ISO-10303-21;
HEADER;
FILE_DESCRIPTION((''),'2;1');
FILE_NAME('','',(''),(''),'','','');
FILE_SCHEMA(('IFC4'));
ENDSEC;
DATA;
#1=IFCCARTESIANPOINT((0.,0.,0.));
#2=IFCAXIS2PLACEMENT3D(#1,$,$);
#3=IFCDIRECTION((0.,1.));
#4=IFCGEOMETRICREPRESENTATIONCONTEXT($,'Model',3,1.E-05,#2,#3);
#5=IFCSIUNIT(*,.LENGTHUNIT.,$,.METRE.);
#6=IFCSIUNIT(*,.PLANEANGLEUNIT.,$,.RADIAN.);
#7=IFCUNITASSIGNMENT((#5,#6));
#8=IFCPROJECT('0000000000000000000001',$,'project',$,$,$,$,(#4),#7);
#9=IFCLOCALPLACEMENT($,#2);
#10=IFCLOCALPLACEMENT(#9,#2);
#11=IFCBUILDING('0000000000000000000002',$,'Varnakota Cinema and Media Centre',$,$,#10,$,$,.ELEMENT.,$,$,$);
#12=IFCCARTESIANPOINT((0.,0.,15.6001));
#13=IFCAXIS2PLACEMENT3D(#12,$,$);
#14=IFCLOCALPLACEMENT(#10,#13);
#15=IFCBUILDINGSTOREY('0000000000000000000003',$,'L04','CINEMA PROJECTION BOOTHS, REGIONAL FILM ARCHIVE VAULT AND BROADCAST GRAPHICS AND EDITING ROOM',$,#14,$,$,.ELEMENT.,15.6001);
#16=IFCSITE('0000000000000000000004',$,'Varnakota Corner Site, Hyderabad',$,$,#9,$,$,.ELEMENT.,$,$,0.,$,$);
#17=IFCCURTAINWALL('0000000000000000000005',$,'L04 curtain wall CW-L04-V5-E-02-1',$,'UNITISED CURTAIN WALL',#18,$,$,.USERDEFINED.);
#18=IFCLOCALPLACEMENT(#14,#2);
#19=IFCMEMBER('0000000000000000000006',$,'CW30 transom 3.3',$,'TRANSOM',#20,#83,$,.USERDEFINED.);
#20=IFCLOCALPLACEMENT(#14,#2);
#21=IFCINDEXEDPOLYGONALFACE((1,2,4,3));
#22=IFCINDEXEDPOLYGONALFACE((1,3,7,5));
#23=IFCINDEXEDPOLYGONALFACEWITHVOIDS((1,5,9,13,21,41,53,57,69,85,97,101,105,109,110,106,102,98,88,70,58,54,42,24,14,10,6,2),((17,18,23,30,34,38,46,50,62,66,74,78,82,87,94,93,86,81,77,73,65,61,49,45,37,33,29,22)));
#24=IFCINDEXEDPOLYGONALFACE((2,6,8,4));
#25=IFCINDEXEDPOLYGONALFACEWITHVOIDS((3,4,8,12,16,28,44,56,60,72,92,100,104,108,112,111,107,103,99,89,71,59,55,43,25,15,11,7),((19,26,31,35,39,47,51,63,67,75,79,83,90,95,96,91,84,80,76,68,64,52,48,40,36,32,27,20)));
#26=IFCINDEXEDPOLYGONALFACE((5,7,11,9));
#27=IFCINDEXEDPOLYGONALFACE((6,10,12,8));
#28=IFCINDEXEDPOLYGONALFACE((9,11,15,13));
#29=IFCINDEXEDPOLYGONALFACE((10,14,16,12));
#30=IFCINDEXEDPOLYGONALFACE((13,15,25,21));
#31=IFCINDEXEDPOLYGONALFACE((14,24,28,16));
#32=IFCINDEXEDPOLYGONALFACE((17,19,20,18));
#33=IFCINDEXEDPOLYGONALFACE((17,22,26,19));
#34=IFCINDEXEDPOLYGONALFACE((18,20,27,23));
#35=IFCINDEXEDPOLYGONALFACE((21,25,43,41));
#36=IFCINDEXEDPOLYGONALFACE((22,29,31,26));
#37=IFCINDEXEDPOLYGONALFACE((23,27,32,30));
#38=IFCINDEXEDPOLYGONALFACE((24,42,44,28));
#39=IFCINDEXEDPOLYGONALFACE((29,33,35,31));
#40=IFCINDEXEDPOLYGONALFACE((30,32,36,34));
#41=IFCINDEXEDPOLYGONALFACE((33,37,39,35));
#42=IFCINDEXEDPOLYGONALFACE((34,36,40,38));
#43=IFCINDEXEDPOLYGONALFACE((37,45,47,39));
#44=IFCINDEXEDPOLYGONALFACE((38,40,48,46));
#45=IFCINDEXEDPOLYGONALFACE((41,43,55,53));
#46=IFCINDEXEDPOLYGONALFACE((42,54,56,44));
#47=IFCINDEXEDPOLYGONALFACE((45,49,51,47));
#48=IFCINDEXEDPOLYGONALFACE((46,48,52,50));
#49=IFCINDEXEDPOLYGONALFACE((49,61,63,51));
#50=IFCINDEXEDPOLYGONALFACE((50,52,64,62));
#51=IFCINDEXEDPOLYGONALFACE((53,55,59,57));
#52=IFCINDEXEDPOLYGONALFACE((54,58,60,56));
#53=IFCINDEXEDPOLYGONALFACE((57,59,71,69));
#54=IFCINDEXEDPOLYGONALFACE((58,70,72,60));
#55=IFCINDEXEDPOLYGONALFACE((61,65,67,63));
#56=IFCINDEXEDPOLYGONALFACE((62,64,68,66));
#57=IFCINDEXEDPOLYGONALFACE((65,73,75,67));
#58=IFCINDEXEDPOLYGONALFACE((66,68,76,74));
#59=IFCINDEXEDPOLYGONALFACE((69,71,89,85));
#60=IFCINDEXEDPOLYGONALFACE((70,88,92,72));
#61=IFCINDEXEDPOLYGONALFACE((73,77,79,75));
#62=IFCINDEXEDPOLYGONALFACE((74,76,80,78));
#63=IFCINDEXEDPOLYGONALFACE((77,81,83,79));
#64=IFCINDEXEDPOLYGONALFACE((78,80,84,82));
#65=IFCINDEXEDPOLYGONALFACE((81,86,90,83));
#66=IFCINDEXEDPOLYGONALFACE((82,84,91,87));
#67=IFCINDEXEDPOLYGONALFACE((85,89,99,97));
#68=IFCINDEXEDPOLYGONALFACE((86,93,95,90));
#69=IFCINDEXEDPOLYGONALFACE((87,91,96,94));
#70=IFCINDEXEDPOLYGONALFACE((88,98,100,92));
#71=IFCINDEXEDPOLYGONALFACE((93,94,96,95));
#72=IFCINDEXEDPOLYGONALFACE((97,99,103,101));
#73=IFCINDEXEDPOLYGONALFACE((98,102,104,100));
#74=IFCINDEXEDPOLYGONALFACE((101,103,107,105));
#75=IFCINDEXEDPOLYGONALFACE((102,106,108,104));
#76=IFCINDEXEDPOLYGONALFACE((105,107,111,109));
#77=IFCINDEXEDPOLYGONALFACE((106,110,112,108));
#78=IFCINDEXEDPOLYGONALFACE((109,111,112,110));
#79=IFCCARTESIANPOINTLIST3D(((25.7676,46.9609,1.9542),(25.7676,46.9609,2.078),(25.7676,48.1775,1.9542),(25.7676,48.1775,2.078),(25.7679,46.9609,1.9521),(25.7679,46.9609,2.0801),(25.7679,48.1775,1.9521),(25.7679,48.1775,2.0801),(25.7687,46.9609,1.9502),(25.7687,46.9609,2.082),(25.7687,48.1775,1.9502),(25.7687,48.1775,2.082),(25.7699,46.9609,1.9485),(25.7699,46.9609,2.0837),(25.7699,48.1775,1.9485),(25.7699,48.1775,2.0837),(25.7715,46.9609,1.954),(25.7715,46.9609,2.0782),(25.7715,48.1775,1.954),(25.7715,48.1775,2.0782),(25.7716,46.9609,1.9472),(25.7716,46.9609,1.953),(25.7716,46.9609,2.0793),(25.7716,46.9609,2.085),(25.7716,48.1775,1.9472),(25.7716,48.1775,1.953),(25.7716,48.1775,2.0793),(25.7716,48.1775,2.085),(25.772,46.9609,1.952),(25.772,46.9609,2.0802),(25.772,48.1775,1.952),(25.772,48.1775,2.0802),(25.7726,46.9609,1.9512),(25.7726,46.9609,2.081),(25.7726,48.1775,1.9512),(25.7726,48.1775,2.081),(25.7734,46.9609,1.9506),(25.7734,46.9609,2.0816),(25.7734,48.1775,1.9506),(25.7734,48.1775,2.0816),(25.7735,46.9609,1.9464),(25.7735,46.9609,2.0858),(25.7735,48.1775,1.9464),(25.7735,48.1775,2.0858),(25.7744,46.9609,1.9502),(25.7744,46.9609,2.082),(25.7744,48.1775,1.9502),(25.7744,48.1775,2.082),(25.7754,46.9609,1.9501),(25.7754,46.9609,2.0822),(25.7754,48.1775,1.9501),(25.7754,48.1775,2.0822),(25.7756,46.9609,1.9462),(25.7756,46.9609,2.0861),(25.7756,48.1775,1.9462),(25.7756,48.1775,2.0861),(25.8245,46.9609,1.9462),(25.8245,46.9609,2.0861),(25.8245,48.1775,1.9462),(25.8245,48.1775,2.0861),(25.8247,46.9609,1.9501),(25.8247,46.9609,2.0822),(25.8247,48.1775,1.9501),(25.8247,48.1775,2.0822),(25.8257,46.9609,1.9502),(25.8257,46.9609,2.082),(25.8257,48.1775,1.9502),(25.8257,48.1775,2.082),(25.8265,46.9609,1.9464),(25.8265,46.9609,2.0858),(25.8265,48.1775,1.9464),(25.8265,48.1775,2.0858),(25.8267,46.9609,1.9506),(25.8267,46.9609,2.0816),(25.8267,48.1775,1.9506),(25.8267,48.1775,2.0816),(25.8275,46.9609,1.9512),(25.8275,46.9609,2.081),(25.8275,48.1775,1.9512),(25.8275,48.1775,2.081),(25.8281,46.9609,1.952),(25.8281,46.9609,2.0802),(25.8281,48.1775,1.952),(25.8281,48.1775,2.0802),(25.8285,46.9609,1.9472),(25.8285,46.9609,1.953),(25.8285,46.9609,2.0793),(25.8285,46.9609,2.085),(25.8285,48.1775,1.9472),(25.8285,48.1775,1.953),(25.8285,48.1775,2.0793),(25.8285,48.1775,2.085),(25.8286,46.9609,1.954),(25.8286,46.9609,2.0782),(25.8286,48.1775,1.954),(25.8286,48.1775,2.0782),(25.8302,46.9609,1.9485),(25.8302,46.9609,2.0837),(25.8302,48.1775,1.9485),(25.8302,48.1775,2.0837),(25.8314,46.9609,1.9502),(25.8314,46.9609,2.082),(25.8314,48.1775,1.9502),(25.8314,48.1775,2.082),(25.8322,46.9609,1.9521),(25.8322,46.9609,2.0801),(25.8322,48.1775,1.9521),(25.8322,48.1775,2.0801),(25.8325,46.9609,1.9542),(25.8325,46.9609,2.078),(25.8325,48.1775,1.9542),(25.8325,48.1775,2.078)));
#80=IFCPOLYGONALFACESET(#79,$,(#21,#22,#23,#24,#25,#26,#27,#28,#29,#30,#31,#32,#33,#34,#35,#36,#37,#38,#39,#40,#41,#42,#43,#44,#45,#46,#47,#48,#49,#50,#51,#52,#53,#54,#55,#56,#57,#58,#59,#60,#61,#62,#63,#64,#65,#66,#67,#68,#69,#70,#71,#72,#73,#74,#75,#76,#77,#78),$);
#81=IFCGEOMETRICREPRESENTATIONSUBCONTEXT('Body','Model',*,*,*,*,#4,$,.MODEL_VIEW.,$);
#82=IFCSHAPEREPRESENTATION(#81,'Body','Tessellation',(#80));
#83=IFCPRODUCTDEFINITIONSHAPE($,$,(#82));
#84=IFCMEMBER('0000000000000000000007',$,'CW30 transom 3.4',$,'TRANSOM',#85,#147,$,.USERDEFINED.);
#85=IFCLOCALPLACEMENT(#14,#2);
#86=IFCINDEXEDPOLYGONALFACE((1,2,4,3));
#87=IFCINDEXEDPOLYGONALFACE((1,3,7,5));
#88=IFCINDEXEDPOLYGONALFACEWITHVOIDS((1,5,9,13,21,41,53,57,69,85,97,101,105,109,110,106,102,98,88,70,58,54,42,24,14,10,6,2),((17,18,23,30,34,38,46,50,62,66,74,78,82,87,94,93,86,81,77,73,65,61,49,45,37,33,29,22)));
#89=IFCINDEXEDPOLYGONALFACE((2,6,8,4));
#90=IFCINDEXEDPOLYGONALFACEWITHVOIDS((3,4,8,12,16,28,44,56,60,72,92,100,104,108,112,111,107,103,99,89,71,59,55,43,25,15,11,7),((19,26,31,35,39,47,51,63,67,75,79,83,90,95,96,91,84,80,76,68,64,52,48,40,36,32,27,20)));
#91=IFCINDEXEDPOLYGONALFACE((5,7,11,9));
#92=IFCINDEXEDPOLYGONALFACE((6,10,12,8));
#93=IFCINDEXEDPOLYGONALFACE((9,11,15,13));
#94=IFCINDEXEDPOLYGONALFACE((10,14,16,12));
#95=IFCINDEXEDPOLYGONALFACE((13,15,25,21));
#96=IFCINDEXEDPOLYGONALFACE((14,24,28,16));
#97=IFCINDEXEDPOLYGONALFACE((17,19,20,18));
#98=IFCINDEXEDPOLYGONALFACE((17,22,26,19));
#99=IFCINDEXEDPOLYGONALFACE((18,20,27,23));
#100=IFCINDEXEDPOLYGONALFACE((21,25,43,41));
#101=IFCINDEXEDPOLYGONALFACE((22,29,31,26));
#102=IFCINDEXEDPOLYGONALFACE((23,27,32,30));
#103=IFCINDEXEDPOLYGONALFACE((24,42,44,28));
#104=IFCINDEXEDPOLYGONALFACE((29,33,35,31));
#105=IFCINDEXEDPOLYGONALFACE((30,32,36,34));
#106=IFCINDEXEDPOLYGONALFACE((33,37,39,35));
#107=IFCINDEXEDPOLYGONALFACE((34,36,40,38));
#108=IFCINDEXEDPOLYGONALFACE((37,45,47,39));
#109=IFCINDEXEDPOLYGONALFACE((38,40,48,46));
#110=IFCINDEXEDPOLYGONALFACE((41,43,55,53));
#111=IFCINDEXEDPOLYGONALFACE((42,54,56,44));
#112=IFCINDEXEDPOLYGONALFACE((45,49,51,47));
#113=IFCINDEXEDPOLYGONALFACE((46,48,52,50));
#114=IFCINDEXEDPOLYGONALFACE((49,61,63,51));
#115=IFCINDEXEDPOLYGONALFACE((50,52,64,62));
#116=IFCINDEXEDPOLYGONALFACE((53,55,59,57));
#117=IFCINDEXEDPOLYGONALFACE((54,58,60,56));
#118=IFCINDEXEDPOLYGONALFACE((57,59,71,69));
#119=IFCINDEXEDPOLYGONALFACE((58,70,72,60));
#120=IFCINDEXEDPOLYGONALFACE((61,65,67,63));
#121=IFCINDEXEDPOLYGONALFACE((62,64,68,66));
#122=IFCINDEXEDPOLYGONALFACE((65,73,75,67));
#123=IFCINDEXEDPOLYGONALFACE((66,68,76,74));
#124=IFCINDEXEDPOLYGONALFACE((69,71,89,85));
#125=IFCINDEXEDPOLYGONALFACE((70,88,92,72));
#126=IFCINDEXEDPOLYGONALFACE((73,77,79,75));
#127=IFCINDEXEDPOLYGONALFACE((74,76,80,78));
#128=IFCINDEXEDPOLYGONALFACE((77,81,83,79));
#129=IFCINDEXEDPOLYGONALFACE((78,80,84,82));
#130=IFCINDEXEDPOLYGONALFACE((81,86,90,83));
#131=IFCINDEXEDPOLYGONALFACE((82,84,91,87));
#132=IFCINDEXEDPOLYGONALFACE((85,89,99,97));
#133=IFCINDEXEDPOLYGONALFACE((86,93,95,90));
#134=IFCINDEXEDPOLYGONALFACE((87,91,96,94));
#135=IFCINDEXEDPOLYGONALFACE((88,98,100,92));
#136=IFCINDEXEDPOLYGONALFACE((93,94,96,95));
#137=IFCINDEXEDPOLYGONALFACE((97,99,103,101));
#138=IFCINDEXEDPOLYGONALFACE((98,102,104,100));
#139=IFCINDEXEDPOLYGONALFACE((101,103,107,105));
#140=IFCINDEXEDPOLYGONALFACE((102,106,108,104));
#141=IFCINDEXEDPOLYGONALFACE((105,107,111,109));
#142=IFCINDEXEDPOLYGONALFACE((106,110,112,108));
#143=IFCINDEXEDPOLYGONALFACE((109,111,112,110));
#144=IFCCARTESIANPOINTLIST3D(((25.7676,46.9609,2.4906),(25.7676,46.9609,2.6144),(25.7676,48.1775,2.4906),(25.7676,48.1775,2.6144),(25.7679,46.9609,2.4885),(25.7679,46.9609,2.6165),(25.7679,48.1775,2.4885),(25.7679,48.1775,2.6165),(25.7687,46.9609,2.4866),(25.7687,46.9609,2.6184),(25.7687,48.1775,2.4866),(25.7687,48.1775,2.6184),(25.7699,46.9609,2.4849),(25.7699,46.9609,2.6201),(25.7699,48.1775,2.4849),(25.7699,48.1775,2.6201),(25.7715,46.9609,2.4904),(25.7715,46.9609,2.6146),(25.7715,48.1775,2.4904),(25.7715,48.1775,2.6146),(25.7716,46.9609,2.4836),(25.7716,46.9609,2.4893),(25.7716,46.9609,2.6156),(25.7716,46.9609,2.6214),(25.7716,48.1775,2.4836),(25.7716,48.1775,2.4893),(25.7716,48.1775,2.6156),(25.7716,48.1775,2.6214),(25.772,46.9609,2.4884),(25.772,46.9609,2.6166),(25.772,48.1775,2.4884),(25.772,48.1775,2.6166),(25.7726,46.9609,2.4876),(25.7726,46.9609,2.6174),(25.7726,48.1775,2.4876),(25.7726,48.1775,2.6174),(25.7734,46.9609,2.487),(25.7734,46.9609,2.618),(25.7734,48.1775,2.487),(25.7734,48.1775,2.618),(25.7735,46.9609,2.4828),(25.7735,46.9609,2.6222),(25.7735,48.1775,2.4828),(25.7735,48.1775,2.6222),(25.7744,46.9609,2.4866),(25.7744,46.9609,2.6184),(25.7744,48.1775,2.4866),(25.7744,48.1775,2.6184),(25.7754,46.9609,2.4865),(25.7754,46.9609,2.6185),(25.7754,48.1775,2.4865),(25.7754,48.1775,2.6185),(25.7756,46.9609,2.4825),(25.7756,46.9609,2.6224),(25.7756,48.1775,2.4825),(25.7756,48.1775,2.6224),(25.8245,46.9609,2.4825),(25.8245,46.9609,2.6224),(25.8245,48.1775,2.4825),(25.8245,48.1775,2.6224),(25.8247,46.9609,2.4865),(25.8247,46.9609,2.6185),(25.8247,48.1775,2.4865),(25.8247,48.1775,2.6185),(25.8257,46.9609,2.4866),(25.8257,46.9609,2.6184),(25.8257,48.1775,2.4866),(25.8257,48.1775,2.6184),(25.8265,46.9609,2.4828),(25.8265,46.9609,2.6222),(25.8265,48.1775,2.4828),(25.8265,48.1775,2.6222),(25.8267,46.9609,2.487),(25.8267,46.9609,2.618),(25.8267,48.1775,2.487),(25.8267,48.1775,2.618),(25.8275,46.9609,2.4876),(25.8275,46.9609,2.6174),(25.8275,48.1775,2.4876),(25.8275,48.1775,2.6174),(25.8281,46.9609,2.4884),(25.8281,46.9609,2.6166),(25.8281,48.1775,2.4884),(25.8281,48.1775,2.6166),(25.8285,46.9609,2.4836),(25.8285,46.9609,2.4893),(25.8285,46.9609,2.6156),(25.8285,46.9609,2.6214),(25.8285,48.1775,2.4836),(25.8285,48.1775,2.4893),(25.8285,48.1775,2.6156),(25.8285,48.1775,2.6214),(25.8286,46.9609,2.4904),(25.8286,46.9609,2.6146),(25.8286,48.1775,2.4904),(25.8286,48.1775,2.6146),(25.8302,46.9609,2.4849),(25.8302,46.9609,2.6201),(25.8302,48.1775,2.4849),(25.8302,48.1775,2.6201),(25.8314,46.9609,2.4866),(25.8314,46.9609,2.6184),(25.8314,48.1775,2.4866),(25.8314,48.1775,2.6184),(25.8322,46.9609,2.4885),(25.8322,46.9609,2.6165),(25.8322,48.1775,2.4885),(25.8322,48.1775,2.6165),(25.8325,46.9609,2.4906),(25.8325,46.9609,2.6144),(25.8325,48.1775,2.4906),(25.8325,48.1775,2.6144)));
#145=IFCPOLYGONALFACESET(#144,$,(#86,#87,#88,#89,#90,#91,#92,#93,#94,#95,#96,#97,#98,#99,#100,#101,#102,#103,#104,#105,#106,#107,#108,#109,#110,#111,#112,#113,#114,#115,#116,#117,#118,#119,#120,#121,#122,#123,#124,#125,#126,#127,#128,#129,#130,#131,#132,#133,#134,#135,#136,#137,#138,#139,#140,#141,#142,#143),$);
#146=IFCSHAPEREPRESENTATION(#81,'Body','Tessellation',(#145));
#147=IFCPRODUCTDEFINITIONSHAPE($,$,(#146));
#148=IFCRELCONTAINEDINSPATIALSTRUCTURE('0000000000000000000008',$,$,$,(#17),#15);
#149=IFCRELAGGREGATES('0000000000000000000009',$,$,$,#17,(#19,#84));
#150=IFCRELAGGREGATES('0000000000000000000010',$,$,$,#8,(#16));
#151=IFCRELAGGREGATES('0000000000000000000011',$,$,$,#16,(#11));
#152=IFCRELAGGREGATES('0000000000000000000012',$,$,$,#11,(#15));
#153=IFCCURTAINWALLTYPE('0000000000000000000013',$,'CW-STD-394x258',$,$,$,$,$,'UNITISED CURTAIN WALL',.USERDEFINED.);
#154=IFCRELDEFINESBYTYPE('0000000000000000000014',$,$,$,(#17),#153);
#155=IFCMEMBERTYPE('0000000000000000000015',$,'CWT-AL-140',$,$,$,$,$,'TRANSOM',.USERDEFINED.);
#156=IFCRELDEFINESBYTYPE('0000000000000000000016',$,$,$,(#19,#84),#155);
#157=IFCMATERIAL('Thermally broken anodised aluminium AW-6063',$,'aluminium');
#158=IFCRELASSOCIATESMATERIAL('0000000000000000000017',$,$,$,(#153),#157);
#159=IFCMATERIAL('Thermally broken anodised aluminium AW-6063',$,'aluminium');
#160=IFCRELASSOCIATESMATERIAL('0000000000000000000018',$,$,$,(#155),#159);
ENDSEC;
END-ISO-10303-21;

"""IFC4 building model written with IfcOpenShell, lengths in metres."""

from ifc_helpers import new_model, si_unit, direction, frame, origin, origin_2d, place, context, subcontext, project, spatial, hollow_rectangle, extrude, material, material_profile, profile_set, type_object, element, aggregate, save


model = new_model("IFC4")

# Units and contexts
model_context = context("Model", 3, precision=1e-05, world=origin(), true_north=direction((0.0, 1.0)))
body_context = subcontext(model_context, "Body", "Model", "MODEL_VIEW")
ifc_project = project(units=[si_unit("LENGTHUNIT", "METRE"), si_unit("PLANEANGLEUNIT", "RADIAN")], contexts=[model_context])

# Site, building, storey
site_placement = place(None, origin())
site = spatial("IfcSite", under=ifc_project, at=site_placement, Name="Varnakota Corner Site, Hyderabad", CompositionType="ELEMENT", RefElevation=0.0)
building_placement = place(site_placement, origin())
building = spatial("IfcBuilding", under=site, at=building_placement, Name="Varnakota Cinema and Media Centre", CompositionType="ELEMENT")
storey_placement = place(building_placement, frame((0.0, 0.0, 15.6001)))
storey = spatial("IfcBuildingStorey", under=building, at=storey_placement, Name="L04", Description="CINEMA PROJECTION BOOTHS, REGIONAL FILM ARCHIVE VAULT AND BROADCAST GRAPHICS AND EDITING ROOM", CompositionType="ELEMENT", Elevation=15.6001)

# Curtain wall
ifc_material_1 = material(Name="Thermally broken anodised aluminium AW-6063", Category="aluminium")
curtain_wall_type = type_object("IfcCurtainWallType", Name="CW-STD-394x258", ElementType="UNITISED CURTAIN WALL", PredefinedType="USERDEFINED", material=ifc_material_1)
curtain_wall_1_placement = place(storey_placement, origin())
curtain_wall_1 = element("IfcCurtainWall", 1, at=curtain_wall_1_placement, inside=storey, type_object=curtain_wall_type, Name="L04 curtain wall CW-L04-V5-E-02-1", ObjectType="UNITISED CURTAIN WALL", PredefinedType="USERDEFINED")

# Members
ifc_material_2 = material(Name="Thermally broken anodised aluminium AW-6063", Category="aluminium")
ifc_material_profile_1 = material_profile(ifc_material_2, hollow_rectangle(XDim=0.0649, YDim=0.1399, WallThickness=0.0039, InnerFilletRadius=0.0039, OuterFilletRadius=0.0081, at=origin_2d()), Name="AL-TRANSOM 140x65x4")
ifc_profile_set_1 = profile_set([ifc_material_profile_1], Name="Thermally broken anodised aluminium AW-6063")
member_type_1 = type_object("IfcMemberType", Name="CWT-AL-140", ElementType="TRANSOM", PredefinedType="USERDEFINED", material=ifc_profile_set_1)
member_1_placement = place(storey_placement, frame((25.8, 46.9609, 2.0161), z_axis=(0.0, 1.0, 0.0), x_axis=(-1.0, 0.0, 0.0)))
member_1 = element("IfcMember", 2, at=member_1_placement, type_object=member_type_1, Name="CW30 transom 3.3", ObjectType="TRANSOM", PredefinedType="USERDEFINED", context=body_context, shape_type="SweptSolid", body=[
    extrude(hollow_rectangle(XDim=0.0649, YDim=0.1399, WallThickness=0.0039, InnerFilletRadius=0.0039, OuterFilletRadius=0.0081, at=origin_2d()), origin(), (0.0, 0.0, 1.0), 1.2166),
])
member_2_placement = place(storey_placement, frame((25.8, 46.9609, 2.5525), z_axis=(0.0, 1.0, 0.0), x_axis=(-1.0, 0.0, 0.0)))
member_2 = element("IfcMember", 3, at=member_2_placement, type_object=member_type_1, Name="CW30 transom 3.4", ObjectType="TRANSOM", PredefinedType="USERDEFINED", context=body_context, shape_type="SweptSolid", body=[
    extrude(hollow_rectangle(XDim=0.0649, YDim=0.1399, WallThickness=0.0039, InnerFilletRadius=0.0039, OuterFilletRadius=0.0081, at=origin_2d()), origin(), (0.0, 0.0, 1.0), 1.2166),
])

aggregate(curtain_wall_1, [member_1, member_2])

save(model, "model.ifc")
